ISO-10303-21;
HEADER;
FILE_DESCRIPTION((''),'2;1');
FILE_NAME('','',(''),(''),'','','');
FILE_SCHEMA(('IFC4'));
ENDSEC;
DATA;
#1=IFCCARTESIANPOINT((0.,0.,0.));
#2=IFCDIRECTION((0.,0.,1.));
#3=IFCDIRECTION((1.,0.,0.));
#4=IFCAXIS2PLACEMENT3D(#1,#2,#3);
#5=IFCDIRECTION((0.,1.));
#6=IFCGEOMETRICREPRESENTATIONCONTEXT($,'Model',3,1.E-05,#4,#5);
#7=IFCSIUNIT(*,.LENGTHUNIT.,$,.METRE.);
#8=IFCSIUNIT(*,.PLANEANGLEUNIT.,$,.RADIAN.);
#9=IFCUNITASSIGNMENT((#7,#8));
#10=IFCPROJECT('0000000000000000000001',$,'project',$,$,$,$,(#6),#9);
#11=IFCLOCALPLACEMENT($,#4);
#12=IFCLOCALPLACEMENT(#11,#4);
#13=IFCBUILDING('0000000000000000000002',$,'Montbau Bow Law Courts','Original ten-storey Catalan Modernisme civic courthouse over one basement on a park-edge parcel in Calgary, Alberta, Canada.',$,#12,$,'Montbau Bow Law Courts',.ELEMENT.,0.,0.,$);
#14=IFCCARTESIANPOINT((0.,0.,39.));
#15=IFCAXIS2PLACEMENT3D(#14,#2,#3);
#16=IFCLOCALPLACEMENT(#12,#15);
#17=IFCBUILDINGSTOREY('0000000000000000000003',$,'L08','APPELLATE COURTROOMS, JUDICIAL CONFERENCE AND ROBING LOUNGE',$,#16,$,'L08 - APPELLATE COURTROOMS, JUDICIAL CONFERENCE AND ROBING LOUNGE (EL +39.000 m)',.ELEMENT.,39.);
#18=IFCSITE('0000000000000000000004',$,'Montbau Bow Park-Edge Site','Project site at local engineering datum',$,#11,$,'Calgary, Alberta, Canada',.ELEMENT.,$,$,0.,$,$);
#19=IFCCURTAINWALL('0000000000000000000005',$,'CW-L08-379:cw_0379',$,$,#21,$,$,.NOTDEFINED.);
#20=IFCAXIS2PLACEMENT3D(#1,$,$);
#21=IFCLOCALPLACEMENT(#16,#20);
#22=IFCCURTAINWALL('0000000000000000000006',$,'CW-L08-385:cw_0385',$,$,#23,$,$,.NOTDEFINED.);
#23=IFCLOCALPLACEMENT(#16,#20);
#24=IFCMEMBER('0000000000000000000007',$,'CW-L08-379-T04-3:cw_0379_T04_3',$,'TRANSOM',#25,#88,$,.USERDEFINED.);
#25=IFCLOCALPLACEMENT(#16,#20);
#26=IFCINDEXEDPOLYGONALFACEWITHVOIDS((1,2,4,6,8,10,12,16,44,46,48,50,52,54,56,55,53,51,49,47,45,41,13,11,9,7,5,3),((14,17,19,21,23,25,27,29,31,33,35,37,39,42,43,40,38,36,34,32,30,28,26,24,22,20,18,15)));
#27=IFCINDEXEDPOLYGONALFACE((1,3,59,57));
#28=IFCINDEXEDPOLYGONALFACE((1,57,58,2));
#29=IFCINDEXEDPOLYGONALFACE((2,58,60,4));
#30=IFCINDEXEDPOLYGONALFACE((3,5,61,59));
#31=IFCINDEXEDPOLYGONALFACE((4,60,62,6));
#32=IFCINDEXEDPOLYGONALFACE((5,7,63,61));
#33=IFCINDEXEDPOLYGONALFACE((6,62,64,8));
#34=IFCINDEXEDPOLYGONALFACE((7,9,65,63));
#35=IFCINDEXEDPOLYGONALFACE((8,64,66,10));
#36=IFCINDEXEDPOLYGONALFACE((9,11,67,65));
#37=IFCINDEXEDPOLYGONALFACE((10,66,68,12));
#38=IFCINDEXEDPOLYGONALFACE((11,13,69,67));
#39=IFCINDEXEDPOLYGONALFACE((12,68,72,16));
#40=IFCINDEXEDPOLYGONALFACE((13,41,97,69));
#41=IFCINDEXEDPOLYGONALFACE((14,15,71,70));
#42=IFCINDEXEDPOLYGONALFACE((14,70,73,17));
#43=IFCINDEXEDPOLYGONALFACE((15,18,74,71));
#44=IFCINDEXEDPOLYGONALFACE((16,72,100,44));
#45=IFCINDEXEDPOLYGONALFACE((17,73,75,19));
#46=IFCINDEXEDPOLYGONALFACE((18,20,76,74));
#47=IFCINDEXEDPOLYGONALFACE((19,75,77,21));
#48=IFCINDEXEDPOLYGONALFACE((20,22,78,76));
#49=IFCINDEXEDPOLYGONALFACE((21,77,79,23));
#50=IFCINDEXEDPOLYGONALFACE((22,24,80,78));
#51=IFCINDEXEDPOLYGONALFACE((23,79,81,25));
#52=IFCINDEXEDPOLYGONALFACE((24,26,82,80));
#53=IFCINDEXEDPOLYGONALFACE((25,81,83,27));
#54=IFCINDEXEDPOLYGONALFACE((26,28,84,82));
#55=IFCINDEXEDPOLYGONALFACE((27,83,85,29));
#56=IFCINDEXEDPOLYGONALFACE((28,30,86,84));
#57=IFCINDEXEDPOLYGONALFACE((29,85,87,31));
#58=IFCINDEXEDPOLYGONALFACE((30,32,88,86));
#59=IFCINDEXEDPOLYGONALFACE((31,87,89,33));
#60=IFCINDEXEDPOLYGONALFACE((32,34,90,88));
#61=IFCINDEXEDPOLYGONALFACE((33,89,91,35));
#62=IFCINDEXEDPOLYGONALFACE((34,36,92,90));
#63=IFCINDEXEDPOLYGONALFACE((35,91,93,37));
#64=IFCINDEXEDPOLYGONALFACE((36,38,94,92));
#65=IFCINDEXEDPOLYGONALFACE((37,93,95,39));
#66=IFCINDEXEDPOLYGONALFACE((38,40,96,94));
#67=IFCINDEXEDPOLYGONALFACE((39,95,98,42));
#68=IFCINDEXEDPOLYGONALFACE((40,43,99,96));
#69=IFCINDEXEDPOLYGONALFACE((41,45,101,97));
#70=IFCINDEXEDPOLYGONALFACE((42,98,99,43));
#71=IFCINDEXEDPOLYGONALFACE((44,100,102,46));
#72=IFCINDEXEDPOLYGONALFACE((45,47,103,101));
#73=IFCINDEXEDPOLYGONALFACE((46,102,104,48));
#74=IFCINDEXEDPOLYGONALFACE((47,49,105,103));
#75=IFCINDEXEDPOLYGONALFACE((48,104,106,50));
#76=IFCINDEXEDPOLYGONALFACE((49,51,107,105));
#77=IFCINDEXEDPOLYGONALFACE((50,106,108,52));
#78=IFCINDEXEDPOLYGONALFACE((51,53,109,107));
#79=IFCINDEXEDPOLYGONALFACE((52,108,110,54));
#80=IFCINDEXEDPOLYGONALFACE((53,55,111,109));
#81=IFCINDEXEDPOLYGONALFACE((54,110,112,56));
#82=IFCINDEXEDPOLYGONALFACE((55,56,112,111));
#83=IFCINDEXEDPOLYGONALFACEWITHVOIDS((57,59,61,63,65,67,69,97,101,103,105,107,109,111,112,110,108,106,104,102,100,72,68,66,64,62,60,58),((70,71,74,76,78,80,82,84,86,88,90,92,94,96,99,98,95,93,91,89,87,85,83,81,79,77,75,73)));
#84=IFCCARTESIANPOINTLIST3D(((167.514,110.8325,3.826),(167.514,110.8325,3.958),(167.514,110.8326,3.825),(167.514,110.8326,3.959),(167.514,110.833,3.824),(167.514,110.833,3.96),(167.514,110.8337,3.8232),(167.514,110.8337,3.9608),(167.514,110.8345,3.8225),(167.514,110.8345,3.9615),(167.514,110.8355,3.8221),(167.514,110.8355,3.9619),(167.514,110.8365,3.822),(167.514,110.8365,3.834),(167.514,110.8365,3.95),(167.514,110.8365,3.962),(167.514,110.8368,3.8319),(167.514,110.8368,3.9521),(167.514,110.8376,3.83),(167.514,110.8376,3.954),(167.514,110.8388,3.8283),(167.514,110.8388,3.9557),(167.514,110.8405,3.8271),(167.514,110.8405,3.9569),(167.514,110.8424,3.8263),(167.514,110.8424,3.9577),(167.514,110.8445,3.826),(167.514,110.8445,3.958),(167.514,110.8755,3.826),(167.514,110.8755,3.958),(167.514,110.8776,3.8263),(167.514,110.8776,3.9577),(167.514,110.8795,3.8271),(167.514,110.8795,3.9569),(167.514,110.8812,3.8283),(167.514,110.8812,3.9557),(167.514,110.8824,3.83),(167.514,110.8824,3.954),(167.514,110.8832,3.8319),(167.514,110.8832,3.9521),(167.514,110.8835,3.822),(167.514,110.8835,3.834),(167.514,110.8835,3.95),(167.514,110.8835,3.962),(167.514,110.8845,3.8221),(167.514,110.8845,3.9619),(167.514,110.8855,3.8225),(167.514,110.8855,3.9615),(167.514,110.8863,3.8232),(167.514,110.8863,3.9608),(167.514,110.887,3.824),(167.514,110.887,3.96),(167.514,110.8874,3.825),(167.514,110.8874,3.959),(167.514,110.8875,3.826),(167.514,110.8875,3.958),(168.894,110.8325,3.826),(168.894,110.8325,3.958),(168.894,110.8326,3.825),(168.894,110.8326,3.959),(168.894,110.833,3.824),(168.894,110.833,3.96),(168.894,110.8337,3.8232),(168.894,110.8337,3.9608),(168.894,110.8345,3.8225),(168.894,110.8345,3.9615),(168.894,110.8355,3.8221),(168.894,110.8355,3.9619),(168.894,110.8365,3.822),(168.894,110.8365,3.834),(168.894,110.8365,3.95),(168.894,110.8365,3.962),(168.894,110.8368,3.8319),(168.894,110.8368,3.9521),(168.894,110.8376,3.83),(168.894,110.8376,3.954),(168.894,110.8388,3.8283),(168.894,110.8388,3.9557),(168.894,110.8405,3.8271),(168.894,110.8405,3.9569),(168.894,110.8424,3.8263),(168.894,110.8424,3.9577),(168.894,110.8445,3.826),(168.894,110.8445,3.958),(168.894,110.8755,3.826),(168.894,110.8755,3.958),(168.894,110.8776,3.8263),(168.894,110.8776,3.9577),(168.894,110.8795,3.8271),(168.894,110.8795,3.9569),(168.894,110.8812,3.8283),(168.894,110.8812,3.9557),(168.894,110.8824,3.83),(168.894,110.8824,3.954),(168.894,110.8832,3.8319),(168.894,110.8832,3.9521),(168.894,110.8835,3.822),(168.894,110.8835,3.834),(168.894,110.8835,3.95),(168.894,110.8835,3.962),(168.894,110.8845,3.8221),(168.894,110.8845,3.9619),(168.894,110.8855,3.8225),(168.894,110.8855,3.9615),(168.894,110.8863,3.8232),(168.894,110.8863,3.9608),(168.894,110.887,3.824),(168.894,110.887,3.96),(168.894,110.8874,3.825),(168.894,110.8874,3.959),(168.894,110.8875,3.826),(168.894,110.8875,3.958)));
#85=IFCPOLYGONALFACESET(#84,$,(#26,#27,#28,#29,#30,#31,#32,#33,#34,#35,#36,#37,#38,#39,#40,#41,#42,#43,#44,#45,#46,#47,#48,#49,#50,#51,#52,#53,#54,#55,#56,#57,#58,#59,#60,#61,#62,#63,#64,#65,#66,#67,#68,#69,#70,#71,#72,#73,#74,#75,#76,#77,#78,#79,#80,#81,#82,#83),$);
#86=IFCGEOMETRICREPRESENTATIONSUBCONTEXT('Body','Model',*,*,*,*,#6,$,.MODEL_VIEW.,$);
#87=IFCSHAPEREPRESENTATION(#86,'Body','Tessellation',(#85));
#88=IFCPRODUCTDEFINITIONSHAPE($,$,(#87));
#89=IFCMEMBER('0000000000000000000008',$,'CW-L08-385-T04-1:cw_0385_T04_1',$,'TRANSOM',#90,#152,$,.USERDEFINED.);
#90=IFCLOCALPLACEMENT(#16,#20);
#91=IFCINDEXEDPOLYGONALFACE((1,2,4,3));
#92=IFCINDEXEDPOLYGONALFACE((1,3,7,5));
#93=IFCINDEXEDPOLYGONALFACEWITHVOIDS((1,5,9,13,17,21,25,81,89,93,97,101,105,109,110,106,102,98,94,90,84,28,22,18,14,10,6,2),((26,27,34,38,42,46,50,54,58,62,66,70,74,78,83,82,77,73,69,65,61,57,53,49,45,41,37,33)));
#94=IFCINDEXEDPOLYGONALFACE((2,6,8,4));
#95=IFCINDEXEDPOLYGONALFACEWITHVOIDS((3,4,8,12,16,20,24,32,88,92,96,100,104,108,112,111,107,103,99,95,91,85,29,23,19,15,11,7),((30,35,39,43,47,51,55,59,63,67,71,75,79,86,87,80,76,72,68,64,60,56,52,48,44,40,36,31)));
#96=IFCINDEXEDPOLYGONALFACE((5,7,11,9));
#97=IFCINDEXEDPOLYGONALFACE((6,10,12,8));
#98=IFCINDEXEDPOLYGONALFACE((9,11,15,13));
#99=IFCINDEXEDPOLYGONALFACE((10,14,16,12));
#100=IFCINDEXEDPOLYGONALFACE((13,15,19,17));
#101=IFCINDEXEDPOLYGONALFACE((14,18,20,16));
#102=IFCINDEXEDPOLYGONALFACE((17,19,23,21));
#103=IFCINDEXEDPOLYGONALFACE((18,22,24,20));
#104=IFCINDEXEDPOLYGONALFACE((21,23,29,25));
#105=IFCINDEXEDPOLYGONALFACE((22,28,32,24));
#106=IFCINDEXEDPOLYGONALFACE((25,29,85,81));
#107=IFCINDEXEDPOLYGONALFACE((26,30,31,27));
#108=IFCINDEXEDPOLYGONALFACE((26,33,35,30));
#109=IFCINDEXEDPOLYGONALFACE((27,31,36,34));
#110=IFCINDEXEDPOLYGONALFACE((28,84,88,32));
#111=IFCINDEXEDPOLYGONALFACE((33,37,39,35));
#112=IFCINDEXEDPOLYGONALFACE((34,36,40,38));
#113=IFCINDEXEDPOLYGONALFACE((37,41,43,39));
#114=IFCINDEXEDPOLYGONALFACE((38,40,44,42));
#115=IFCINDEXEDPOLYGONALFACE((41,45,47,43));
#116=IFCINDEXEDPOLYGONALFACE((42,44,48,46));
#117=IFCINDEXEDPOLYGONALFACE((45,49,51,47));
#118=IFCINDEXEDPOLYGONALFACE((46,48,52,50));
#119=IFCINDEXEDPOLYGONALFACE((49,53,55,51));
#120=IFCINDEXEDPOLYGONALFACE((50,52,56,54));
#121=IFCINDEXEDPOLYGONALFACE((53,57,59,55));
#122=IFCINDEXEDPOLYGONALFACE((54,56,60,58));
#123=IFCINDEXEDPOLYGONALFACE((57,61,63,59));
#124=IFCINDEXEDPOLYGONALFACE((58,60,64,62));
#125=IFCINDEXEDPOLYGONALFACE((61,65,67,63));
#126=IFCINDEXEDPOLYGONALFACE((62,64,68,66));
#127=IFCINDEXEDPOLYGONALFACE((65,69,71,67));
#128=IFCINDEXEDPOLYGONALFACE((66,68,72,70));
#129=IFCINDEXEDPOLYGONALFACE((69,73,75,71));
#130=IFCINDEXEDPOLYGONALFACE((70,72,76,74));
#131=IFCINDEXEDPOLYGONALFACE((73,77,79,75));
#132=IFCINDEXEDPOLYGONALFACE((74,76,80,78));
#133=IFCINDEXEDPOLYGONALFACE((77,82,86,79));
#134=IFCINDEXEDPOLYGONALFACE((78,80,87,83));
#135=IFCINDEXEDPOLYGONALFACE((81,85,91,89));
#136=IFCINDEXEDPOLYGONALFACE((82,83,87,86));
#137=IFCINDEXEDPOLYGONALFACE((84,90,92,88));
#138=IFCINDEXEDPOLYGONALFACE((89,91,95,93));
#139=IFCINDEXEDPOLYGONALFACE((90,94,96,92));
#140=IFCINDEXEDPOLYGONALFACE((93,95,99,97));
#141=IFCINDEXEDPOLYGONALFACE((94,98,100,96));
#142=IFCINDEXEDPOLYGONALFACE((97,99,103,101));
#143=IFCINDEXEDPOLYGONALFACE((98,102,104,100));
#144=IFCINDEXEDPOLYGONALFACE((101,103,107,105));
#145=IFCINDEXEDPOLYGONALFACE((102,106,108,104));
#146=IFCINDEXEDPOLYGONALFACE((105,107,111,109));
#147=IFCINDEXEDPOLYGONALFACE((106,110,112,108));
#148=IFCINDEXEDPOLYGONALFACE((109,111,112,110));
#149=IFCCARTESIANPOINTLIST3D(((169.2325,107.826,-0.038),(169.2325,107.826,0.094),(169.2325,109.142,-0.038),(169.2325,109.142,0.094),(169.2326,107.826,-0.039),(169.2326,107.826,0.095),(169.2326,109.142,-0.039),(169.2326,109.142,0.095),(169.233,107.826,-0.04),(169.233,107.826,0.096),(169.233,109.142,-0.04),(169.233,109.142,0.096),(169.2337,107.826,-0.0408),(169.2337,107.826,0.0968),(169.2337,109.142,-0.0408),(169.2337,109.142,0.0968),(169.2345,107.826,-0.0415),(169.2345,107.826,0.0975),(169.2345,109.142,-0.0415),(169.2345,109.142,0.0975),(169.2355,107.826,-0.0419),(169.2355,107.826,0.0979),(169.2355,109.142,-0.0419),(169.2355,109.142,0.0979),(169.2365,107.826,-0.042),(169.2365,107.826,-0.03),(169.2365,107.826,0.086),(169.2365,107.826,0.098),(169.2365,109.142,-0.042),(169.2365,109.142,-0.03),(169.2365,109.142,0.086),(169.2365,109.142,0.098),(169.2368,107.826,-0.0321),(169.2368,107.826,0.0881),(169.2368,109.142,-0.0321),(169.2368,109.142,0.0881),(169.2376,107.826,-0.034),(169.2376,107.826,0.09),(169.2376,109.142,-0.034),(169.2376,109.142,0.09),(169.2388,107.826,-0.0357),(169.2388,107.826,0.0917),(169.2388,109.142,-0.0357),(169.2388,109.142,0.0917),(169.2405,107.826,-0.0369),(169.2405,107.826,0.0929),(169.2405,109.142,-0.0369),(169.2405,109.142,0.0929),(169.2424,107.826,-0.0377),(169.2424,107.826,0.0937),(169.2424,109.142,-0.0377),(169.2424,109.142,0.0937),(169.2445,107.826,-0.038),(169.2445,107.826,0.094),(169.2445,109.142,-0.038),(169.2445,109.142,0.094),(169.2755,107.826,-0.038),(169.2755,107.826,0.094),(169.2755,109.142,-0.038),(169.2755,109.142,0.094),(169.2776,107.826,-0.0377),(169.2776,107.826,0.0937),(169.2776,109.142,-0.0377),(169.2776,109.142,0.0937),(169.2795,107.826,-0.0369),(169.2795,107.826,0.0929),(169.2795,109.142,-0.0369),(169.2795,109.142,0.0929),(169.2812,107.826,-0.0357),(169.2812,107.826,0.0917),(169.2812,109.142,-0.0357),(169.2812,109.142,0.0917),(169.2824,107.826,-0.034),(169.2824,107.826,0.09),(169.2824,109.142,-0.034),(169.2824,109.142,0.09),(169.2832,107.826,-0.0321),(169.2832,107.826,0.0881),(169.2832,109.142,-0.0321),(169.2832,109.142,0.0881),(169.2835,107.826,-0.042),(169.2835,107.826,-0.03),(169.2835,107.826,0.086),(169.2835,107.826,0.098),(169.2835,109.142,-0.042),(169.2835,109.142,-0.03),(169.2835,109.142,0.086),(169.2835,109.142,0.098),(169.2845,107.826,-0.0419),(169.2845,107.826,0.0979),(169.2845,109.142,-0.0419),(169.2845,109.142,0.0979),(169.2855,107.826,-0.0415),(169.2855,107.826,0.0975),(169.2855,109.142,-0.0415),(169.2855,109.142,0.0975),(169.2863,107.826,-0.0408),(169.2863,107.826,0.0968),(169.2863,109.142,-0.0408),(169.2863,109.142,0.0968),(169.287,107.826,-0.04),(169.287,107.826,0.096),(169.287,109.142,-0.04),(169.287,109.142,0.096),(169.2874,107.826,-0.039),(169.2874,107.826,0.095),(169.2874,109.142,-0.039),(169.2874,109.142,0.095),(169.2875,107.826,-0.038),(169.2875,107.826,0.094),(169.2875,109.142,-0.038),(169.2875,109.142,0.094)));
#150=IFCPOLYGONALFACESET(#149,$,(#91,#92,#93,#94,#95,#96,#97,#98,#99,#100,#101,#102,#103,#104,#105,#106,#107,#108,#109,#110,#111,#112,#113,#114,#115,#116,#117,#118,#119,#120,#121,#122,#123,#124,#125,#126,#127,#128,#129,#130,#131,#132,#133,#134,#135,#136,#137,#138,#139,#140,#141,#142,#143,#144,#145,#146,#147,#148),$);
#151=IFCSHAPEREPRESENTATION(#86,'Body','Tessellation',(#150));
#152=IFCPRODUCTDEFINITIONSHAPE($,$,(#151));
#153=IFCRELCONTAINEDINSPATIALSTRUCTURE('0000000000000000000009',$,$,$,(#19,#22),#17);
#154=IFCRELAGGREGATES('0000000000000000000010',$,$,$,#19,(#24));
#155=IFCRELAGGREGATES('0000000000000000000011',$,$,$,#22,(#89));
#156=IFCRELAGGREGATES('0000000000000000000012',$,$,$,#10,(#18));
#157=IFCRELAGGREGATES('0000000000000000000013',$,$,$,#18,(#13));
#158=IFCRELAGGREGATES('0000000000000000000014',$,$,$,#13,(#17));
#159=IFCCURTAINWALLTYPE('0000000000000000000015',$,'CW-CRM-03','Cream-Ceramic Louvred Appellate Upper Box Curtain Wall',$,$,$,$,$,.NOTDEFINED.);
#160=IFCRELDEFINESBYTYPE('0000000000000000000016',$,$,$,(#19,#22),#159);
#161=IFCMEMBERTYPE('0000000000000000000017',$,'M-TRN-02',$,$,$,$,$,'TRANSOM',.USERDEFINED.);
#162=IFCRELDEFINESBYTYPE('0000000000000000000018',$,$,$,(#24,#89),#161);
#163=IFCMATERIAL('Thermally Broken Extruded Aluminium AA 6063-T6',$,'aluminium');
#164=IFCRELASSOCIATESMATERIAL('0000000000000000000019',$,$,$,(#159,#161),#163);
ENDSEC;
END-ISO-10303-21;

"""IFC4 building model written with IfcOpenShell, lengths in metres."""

from ifc_helpers import new_model, si_unit, direction, frame, origin_with_axes, origin_2d_with_axis, place, context, subcontext, project, spatial, hollow_rectangle, extrude, material, material_profile, profile_set, type_object, element, aggregate, save


model = new_model("IFC4")

# Units and contexts
model_context = context("Model", 3, precision=1e-05, world=origin_with_axes(), true_north=direction((0.0, 1.0)))
body_context = subcontext(model_context, "Body", "Model", "MODEL_VIEW")
ifc_project = project(units=[si_unit("LENGTHUNIT", "METRE"), si_unit("PLANEANGLEUNIT", "RADIAN")], contexts=[model_context])

# Site, building, storey
site_placement = place(None, origin_with_axes())
site = spatial("IfcSite", under=ifc_project, at=site_placement, Name="Montbau Bow Park-Edge Site", Description="Project site at local engineering datum", LongName="Calgary, Alberta, Canada", CompositionType="ELEMENT", RefElevation=0.0)
building_placement = place(site_placement, origin_with_axes())
building = spatial("IfcBuilding", under=site, at=building_placement, Name="Montbau Bow Law Courts", Description="Original ten-storey Catalan Modernisme civic courthouse over one basement on a park-edge parcel in Calgary, Alberta, Canada.", LongName="Montbau Bow Law Courts", CompositionType="ELEMENT", ElevationOfRefHeight=0.0, ElevationOfTerrain=0.0)
storey_placement = place(building_placement, frame((0.0, 0.0, 39.0), z_axis=(0.0, 0.0, 1.0), x_axis=(1.0, 0.0, 0.0)))
storey = spatial("IfcBuildingStorey", under=building, at=storey_placement, Name="L08", Description="APPELLATE COURTROOMS, JUDICIAL CONFERENCE AND ROBING LOUNGE", LongName="L08 - APPELLATE COURTROOMS, JUDICIAL CONFERENCE AND ROBING LOUNGE (EL +39.000 m)", CompositionType="ELEMENT", Elevation=39.0)

# Curtain walls
ifc_material_1 = material(Name="Thermally Broken Extruded Aluminium AA 6063-T6", Category="aluminium")
curtain_wall_type = type_object("IfcCurtainWallType", Name="CW-CRM-03", Description="Cream-Ceramic Louvred Appellate Upper Box Curtain Wall", PredefinedType="NOTDEFINED", material=ifc_material_1)
curtain_wall_1_placement = place(None, frame((163.04, 110.86, 39.0), z_axis=(0.0, 0.0, 1.0), x_axis=(1.0, 0.0, 0.0)))
curtain_wall_1 = element("IfcCurtainWall", 1, at=curtain_wall_1_placement, inside=storey, type_object=curtain_wall_type, Name="CW-L08-379:cw_0379", PredefinedType="NOTDEFINED")
curtain_wall_2_placement = place(None, frame((169.26, 103.64, 39.0), z_axis=(0.0, 0.0, 1.0), x_axis=(1.0, 0.0, 0.0)))
curtain_wall_2 = element("IfcCurtainWall", 2, at=curtain_wall_2_placement, inside=storey, type_object=curtain_wall_type, Name="CW-L08-385:cw_0385", PredefinedType="NOTDEFINED")

# Members
ifc_material_profile_1 = material_profile(ifc_material_1, hollow_rectangle(XDim=0.055, YDim=0.14, WallThickness=0.004, InnerFilletRadius=0.008, OuterFilletRadius=0.004, at=origin_2d_with_axis()), Name="CWT-140X55", Category="Main", Priority=0)
ifc_profile_set_1 = profile_set([ifc_material_profile_1], Name="Thermally Broken Extruded Aluminium AA 6063-T6")
member_type_1 = type_object("IfcMemberType", Name="M-TRN-02", ElementType="TRANSOM", PredefinedType="USERDEFINED", material=ifc_profile_set_1)
member_1_placement = place(None, frame((167.514, 110.86, 42.892), z_axis=(1.0, 0.0, 0.0), x_axis=(0.0, 1.0, 0.0)))
member_1 = element("IfcMember", 3, at=member_1_placement, type_object=member_type_1, Name="CW-L08-379-T04-3:cw_0379_T04_3", ObjectType="TRANSOM", PredefinedType="USERDEFINED", context=body_context, shape_type="SweptSolid", body=[
    extrude(hollow_rectangle(XDim=0.055, YDim=0.14, WallThickness=0.004, InnerFilletRadius=0.008, OuterFilletRadius=0.004, at=origin_2d_with_axis()), origin_with_axes(), (0.0, 0.0, 1.0), 1.38),
])
member_2_placement = place(None, frame((169.26, 107.826, 39.028), z_axis=(0.0, 1.0, 0.0), x_axis=(-1.0, 0.0, 0.0)))
member_2 = element("IfcMember", 4, at=member_2_placement, type_object=member_type_1, Name="CW-L08-385-T04-1:cw_0385_T04_1", ObjectType="TRANSOM", PredefinedType="USERDEFINED", context=body_context, shape_type="SweptSolid", body=[
    extrude(hollow_rectangle(XDim=0.055, YDim=0.14, WallThickness=0.004, InnerFilletRadius=0.008, OuterFilletRadius=0.004, at=origin_2d_with_axis()), origin_with_axes(), (0.0, 0.0, 1.0), 1.316),
])

aggregate(curtain_wall_1, [member_1])
aggregate(curtain_wall_2, [member_2])

save(model, "model.ifc")
